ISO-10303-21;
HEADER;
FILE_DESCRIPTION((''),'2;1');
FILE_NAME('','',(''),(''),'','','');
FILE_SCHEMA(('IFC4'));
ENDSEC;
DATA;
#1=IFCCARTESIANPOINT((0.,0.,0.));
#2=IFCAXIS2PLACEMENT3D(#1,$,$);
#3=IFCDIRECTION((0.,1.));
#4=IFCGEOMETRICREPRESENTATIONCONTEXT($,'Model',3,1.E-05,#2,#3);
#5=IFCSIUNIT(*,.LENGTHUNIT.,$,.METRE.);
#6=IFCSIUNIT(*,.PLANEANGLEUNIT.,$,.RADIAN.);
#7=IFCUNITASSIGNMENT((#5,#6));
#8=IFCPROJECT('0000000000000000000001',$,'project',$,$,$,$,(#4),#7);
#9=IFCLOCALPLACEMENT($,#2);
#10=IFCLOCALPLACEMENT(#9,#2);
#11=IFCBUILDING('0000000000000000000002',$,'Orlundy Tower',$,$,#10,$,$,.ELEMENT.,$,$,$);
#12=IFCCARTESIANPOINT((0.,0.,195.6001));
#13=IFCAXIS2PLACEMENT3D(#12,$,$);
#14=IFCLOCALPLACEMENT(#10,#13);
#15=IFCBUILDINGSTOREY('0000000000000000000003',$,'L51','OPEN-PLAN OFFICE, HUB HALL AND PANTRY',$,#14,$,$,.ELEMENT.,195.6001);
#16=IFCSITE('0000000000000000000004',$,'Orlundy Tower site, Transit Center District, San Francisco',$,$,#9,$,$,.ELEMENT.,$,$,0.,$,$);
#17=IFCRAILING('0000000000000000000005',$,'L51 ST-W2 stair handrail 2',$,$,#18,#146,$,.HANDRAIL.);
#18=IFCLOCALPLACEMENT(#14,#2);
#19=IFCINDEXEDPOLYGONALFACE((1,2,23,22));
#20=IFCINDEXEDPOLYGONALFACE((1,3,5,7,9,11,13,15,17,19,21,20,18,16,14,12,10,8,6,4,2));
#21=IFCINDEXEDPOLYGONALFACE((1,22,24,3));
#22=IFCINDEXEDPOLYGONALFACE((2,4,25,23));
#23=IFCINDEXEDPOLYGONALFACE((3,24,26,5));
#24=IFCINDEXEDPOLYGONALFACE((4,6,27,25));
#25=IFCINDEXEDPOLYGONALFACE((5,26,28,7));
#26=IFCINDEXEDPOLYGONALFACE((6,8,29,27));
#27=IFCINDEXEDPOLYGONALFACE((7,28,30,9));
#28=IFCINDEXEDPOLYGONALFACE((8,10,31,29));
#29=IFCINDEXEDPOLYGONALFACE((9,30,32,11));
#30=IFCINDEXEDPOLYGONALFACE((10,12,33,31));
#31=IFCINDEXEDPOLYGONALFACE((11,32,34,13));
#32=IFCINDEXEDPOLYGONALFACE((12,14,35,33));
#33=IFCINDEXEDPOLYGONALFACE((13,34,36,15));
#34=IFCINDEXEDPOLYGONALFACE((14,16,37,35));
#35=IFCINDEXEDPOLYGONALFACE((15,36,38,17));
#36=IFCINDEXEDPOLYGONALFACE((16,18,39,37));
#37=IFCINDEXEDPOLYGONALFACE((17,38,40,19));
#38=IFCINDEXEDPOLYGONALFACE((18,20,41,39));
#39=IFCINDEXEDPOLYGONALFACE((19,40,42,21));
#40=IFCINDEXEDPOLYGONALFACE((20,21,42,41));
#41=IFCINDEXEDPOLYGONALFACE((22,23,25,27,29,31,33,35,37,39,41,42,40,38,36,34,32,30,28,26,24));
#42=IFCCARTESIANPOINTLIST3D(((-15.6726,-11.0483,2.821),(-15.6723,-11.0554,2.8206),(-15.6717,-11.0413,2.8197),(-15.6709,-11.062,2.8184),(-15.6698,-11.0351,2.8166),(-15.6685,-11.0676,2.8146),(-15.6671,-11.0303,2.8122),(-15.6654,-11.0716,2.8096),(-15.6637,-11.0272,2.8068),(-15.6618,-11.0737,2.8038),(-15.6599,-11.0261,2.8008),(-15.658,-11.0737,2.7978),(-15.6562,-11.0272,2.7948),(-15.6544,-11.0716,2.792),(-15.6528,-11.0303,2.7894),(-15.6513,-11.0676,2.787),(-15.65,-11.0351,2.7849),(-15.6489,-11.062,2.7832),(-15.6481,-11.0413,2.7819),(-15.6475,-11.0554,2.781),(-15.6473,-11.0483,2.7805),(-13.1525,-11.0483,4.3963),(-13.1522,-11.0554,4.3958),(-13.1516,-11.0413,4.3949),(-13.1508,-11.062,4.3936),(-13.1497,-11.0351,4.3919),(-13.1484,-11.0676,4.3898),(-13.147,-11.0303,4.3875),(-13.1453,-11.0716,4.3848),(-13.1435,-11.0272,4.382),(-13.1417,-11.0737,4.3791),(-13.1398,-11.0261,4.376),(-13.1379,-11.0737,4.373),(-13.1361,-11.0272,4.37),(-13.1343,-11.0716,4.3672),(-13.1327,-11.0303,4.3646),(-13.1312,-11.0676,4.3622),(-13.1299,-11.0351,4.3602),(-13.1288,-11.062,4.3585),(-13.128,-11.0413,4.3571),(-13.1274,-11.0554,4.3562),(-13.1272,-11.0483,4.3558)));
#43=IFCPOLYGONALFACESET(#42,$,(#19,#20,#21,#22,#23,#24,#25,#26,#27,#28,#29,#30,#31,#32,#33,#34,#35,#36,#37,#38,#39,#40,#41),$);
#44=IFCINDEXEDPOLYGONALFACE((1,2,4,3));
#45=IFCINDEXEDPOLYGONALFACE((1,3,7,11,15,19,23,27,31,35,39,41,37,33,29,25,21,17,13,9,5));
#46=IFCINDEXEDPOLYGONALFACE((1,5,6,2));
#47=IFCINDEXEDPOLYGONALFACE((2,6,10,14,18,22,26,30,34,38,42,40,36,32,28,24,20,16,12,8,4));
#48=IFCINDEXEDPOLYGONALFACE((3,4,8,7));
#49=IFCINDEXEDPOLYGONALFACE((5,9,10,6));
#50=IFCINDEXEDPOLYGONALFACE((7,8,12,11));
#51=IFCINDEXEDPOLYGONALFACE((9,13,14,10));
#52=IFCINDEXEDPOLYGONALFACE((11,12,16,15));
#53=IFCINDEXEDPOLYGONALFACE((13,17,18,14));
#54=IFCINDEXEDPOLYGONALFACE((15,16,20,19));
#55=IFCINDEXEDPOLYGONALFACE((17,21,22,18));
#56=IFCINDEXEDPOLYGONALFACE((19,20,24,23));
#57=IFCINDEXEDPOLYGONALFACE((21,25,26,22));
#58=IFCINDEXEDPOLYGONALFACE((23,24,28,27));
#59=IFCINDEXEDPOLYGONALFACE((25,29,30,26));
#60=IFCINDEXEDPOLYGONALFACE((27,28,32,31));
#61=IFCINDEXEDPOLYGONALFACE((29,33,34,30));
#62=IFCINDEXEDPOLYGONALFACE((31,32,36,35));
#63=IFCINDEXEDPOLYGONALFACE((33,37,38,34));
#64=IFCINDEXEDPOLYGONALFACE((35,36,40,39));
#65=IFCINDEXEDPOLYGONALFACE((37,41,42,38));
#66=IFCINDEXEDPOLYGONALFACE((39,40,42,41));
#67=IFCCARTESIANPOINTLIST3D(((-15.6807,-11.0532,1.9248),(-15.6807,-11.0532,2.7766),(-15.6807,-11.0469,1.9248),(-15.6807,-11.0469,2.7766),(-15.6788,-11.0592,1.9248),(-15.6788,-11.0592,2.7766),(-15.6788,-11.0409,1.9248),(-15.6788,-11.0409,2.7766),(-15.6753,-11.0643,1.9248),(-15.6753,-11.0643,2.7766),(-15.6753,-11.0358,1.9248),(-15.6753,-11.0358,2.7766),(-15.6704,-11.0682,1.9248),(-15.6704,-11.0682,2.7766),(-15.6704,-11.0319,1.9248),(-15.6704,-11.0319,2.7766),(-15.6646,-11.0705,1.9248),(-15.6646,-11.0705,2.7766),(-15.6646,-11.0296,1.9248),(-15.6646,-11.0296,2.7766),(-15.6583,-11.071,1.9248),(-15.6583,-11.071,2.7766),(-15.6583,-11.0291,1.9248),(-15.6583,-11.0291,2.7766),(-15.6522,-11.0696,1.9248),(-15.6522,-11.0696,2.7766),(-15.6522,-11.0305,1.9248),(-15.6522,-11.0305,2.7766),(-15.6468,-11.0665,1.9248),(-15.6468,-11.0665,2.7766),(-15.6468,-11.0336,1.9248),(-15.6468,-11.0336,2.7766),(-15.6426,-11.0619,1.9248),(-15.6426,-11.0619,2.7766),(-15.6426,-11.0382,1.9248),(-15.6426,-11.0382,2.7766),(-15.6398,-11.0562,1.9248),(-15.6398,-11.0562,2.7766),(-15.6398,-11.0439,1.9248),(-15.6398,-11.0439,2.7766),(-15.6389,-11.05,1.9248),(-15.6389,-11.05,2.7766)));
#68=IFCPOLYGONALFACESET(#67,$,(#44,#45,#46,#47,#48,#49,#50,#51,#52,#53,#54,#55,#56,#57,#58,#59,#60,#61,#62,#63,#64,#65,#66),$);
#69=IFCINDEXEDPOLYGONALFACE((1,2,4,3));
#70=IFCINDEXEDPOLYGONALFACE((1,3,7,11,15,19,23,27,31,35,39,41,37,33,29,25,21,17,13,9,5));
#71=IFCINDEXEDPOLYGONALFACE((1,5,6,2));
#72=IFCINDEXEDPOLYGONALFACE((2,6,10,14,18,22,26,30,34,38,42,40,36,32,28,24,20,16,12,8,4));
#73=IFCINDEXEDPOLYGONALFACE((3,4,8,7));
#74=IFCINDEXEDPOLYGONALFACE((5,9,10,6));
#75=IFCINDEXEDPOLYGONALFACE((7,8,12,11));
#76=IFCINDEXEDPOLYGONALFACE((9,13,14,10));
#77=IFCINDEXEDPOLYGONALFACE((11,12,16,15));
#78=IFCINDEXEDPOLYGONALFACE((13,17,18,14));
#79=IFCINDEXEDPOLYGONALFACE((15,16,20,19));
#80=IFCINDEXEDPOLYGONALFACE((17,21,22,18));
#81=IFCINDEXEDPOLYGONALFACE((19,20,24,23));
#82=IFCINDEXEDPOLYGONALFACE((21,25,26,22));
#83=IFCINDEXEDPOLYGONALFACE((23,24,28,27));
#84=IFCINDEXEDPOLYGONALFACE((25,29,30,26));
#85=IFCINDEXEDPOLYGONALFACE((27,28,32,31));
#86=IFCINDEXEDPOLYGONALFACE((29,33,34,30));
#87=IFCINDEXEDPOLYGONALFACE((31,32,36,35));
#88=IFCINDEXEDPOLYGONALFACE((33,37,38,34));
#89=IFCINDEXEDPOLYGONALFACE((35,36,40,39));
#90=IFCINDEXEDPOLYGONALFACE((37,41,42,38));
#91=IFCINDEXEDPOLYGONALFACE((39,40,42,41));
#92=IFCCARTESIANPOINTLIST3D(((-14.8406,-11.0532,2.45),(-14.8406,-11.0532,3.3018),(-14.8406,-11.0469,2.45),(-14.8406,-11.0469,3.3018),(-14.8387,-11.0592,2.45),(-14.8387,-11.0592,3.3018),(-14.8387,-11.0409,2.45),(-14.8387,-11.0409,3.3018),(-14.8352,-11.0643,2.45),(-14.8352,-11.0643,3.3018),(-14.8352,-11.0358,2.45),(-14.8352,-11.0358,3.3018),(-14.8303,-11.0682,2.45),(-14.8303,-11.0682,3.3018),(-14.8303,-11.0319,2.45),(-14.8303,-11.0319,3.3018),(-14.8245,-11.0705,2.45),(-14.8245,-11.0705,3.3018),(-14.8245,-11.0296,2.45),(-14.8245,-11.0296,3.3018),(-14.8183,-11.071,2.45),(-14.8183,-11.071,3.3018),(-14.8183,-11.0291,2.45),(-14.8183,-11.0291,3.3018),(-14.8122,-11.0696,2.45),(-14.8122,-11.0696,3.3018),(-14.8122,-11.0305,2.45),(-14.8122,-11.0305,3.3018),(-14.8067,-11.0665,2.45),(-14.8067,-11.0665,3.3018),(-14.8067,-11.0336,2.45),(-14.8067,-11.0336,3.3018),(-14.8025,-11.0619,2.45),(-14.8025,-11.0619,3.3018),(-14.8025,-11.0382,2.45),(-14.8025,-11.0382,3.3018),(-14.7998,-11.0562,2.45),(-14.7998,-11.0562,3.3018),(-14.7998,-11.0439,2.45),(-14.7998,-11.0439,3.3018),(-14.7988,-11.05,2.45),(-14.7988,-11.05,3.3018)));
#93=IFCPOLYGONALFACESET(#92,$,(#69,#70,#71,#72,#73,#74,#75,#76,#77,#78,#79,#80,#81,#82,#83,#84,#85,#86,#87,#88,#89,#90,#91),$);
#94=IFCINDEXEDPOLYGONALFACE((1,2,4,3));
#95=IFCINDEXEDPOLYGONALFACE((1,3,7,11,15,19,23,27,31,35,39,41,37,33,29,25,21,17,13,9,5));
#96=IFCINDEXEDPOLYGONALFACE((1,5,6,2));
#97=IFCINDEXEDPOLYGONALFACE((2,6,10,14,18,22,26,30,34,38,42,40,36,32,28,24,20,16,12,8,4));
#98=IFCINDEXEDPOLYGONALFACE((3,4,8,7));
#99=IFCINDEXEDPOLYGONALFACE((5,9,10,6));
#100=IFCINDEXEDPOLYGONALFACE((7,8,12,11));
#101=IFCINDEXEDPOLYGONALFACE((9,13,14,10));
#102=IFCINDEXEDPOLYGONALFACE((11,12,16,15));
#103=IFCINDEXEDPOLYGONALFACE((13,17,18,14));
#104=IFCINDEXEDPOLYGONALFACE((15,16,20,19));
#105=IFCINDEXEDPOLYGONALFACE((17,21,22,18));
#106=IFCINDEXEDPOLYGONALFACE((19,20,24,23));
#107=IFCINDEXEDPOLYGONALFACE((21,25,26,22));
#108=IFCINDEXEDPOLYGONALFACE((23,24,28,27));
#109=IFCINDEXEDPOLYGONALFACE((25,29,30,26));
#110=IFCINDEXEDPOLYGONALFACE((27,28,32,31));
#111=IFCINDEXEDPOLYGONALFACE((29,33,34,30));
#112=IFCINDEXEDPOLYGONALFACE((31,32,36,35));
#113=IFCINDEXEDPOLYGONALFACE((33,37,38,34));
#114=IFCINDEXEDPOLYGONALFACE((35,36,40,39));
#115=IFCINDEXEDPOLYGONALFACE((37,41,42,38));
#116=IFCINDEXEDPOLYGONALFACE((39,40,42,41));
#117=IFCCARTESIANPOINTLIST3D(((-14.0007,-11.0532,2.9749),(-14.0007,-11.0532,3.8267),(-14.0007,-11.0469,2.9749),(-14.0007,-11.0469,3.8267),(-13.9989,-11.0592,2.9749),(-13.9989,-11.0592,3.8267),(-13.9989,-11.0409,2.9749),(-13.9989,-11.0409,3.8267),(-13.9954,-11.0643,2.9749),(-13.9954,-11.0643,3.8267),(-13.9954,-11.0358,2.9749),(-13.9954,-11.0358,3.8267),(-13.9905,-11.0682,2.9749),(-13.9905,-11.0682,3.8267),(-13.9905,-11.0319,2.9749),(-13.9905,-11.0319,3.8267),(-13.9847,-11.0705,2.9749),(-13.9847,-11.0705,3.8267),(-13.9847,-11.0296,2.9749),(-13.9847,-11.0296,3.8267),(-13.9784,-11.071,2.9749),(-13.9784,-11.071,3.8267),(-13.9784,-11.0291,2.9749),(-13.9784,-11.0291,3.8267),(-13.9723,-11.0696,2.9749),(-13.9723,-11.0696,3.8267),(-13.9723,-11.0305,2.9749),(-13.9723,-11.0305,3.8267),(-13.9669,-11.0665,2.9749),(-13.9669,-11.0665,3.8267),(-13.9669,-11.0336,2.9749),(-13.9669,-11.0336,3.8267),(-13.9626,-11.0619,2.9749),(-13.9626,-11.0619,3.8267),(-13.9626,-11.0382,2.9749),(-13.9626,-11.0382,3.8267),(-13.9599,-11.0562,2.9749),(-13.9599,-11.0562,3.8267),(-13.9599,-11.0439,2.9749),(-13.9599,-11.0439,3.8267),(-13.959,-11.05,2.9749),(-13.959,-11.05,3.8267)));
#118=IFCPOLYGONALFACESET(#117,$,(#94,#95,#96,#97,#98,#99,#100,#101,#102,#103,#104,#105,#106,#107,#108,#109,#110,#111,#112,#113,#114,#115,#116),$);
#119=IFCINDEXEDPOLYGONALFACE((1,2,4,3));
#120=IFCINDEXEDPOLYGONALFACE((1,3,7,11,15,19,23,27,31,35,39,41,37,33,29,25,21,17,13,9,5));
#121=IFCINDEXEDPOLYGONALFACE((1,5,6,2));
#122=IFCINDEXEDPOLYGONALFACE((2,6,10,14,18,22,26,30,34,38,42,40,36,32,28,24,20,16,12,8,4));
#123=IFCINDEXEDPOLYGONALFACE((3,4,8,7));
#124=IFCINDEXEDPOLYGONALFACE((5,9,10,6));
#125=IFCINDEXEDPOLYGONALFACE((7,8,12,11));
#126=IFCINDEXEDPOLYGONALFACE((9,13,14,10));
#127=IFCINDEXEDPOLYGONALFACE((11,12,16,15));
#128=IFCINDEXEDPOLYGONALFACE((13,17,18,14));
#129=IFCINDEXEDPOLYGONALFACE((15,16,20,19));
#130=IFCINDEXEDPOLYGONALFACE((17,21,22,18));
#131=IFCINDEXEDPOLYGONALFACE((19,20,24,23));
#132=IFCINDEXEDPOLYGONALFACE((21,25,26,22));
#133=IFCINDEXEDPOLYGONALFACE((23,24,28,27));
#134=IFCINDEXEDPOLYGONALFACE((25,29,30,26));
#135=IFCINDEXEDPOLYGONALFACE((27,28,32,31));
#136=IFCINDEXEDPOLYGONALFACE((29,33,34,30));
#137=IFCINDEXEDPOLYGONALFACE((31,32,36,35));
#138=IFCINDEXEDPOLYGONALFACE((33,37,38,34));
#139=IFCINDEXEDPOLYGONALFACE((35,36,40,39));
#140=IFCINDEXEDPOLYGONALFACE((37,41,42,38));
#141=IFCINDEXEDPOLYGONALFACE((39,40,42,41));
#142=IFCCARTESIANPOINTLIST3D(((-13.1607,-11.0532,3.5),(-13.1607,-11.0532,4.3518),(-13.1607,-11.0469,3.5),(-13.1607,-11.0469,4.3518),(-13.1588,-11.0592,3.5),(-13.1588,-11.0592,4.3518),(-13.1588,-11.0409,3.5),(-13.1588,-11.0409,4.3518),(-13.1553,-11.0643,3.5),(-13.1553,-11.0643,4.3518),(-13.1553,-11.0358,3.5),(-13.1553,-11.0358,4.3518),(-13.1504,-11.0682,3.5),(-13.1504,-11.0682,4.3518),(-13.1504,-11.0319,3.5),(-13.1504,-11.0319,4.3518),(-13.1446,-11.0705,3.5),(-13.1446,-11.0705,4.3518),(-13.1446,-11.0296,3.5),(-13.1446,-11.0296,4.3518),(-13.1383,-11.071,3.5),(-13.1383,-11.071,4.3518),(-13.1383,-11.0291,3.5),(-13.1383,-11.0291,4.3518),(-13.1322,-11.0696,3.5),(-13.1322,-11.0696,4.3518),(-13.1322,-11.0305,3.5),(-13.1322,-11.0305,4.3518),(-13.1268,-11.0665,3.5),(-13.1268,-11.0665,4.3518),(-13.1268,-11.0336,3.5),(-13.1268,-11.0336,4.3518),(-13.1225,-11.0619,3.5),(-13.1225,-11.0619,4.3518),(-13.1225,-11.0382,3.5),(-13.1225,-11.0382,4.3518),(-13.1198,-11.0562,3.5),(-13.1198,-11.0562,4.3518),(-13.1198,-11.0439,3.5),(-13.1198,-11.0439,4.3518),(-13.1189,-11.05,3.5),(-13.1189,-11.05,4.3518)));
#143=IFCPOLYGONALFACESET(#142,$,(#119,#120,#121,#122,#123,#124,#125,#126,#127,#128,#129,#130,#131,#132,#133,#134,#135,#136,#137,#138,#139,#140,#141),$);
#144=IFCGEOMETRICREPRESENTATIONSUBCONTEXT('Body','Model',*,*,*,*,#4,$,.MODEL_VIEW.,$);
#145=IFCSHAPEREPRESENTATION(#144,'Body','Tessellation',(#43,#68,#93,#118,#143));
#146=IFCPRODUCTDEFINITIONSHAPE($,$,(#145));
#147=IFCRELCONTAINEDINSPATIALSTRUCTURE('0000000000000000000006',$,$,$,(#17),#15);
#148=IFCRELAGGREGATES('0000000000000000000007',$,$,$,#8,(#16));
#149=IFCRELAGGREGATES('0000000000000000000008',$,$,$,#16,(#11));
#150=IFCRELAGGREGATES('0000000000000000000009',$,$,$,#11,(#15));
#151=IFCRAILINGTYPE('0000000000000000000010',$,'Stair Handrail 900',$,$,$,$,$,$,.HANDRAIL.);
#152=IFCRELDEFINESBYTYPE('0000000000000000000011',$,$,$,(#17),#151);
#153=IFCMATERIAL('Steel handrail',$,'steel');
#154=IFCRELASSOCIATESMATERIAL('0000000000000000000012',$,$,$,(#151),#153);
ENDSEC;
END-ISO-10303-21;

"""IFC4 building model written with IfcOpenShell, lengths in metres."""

from ifc_helpers import new_model, si_unit, direction, frame, origin, origin_2d, place, context, subcontext, project, spatial, circle, extrude, material, type_object, element, save


model = new_model("IFC4")

# Units and contexts
model_context = context("Model", 3, precision=1e-05, world=origin(), true_north=direction((0.0, 1.0)))
body_context = subcontext(model_context, "Body", "Model", "MODEL_VIEW")
ifc_project = project(units=[si_unit("LENGTHUNIT", "METRE"), si_unit("PLANEANGLEUNIT", "RADIAN")], contexts=[model_context])

# Site, building, storey
site_placement = place(None, origin())
site = spatial("IfcSite", under=ifc_project, at=site_placement, Name="Orlundy Tower site, Transit Center District, San Francisco", CompositionType="ELEMENT", RefElevation=0.0)
building_placement = place(site_placement, origin())
building = spatial("IfcBuilding", under=site, at=building_placement, Name="Orlundy Tower", CompositionType="ELEMENT")
storey_placement = place(building_placement, frame((0.0, 0.0, 195.6001)))
storey = spatial("IfcBuildingStorey", under=building, at=storey_placement, Name="L51", Description="OPEN-PLAN OFFICE, HUB HALL AND PANTRY", CompositionType="ELEMENT", Elevation=195.6001)

# Railing
ifc_material_1 = material(Name="Steel handrail", Category="steel")
railing_type = type_object("IfcRailingType", Name="Stair Handrail 900", PredefinedType="HANDRAIL", material=ifc_material_1)
railing_placement = place(storey_placement, frame((-15.6599, -11.05, 1.9248)))
element("IfcRailing", 1, at=railing_placement, inside=storey, type_object=railing_type, Name="L51 ST-W2 stair handrail 2", PredefinedType="HANDRAIL", context=body_context, shape_type="SweptSolid", body=[
    extrude(circle(Radius=0.0239, at=origin_2d()), frame((0.0, 0.0, 0.876), z_axis=(0.847971, 0.0, 0.530043), x_axis=(0.0, 1.0, 0.0)), (0.0, 0.0, 1.0), 2.9719),
    extrude(circle(Radius=0.021, at=origin_2d()), origin(), (0.0, 0.0, 1.0), 0.8518),
    extrude(circle(Radius=0.021, at=origin_2d()), frame((0.8401, 0.0, 0.5251)), (0.0, 0.0, 1.0), 0.8518),
    extrude(circle(Radius=0.021, at=origin_2d()), frame((1.6799, 0.0, 1.05)), (0.0, 0.0, 1.0), 0.8518),
    extrude(circle(Radius=0.021, at=origin_2d()), frame((2.52, 0.0, 1.5752)), (0.0, 0.0, 1.0), 0.8518),
])

save(model, "model.ifc")
